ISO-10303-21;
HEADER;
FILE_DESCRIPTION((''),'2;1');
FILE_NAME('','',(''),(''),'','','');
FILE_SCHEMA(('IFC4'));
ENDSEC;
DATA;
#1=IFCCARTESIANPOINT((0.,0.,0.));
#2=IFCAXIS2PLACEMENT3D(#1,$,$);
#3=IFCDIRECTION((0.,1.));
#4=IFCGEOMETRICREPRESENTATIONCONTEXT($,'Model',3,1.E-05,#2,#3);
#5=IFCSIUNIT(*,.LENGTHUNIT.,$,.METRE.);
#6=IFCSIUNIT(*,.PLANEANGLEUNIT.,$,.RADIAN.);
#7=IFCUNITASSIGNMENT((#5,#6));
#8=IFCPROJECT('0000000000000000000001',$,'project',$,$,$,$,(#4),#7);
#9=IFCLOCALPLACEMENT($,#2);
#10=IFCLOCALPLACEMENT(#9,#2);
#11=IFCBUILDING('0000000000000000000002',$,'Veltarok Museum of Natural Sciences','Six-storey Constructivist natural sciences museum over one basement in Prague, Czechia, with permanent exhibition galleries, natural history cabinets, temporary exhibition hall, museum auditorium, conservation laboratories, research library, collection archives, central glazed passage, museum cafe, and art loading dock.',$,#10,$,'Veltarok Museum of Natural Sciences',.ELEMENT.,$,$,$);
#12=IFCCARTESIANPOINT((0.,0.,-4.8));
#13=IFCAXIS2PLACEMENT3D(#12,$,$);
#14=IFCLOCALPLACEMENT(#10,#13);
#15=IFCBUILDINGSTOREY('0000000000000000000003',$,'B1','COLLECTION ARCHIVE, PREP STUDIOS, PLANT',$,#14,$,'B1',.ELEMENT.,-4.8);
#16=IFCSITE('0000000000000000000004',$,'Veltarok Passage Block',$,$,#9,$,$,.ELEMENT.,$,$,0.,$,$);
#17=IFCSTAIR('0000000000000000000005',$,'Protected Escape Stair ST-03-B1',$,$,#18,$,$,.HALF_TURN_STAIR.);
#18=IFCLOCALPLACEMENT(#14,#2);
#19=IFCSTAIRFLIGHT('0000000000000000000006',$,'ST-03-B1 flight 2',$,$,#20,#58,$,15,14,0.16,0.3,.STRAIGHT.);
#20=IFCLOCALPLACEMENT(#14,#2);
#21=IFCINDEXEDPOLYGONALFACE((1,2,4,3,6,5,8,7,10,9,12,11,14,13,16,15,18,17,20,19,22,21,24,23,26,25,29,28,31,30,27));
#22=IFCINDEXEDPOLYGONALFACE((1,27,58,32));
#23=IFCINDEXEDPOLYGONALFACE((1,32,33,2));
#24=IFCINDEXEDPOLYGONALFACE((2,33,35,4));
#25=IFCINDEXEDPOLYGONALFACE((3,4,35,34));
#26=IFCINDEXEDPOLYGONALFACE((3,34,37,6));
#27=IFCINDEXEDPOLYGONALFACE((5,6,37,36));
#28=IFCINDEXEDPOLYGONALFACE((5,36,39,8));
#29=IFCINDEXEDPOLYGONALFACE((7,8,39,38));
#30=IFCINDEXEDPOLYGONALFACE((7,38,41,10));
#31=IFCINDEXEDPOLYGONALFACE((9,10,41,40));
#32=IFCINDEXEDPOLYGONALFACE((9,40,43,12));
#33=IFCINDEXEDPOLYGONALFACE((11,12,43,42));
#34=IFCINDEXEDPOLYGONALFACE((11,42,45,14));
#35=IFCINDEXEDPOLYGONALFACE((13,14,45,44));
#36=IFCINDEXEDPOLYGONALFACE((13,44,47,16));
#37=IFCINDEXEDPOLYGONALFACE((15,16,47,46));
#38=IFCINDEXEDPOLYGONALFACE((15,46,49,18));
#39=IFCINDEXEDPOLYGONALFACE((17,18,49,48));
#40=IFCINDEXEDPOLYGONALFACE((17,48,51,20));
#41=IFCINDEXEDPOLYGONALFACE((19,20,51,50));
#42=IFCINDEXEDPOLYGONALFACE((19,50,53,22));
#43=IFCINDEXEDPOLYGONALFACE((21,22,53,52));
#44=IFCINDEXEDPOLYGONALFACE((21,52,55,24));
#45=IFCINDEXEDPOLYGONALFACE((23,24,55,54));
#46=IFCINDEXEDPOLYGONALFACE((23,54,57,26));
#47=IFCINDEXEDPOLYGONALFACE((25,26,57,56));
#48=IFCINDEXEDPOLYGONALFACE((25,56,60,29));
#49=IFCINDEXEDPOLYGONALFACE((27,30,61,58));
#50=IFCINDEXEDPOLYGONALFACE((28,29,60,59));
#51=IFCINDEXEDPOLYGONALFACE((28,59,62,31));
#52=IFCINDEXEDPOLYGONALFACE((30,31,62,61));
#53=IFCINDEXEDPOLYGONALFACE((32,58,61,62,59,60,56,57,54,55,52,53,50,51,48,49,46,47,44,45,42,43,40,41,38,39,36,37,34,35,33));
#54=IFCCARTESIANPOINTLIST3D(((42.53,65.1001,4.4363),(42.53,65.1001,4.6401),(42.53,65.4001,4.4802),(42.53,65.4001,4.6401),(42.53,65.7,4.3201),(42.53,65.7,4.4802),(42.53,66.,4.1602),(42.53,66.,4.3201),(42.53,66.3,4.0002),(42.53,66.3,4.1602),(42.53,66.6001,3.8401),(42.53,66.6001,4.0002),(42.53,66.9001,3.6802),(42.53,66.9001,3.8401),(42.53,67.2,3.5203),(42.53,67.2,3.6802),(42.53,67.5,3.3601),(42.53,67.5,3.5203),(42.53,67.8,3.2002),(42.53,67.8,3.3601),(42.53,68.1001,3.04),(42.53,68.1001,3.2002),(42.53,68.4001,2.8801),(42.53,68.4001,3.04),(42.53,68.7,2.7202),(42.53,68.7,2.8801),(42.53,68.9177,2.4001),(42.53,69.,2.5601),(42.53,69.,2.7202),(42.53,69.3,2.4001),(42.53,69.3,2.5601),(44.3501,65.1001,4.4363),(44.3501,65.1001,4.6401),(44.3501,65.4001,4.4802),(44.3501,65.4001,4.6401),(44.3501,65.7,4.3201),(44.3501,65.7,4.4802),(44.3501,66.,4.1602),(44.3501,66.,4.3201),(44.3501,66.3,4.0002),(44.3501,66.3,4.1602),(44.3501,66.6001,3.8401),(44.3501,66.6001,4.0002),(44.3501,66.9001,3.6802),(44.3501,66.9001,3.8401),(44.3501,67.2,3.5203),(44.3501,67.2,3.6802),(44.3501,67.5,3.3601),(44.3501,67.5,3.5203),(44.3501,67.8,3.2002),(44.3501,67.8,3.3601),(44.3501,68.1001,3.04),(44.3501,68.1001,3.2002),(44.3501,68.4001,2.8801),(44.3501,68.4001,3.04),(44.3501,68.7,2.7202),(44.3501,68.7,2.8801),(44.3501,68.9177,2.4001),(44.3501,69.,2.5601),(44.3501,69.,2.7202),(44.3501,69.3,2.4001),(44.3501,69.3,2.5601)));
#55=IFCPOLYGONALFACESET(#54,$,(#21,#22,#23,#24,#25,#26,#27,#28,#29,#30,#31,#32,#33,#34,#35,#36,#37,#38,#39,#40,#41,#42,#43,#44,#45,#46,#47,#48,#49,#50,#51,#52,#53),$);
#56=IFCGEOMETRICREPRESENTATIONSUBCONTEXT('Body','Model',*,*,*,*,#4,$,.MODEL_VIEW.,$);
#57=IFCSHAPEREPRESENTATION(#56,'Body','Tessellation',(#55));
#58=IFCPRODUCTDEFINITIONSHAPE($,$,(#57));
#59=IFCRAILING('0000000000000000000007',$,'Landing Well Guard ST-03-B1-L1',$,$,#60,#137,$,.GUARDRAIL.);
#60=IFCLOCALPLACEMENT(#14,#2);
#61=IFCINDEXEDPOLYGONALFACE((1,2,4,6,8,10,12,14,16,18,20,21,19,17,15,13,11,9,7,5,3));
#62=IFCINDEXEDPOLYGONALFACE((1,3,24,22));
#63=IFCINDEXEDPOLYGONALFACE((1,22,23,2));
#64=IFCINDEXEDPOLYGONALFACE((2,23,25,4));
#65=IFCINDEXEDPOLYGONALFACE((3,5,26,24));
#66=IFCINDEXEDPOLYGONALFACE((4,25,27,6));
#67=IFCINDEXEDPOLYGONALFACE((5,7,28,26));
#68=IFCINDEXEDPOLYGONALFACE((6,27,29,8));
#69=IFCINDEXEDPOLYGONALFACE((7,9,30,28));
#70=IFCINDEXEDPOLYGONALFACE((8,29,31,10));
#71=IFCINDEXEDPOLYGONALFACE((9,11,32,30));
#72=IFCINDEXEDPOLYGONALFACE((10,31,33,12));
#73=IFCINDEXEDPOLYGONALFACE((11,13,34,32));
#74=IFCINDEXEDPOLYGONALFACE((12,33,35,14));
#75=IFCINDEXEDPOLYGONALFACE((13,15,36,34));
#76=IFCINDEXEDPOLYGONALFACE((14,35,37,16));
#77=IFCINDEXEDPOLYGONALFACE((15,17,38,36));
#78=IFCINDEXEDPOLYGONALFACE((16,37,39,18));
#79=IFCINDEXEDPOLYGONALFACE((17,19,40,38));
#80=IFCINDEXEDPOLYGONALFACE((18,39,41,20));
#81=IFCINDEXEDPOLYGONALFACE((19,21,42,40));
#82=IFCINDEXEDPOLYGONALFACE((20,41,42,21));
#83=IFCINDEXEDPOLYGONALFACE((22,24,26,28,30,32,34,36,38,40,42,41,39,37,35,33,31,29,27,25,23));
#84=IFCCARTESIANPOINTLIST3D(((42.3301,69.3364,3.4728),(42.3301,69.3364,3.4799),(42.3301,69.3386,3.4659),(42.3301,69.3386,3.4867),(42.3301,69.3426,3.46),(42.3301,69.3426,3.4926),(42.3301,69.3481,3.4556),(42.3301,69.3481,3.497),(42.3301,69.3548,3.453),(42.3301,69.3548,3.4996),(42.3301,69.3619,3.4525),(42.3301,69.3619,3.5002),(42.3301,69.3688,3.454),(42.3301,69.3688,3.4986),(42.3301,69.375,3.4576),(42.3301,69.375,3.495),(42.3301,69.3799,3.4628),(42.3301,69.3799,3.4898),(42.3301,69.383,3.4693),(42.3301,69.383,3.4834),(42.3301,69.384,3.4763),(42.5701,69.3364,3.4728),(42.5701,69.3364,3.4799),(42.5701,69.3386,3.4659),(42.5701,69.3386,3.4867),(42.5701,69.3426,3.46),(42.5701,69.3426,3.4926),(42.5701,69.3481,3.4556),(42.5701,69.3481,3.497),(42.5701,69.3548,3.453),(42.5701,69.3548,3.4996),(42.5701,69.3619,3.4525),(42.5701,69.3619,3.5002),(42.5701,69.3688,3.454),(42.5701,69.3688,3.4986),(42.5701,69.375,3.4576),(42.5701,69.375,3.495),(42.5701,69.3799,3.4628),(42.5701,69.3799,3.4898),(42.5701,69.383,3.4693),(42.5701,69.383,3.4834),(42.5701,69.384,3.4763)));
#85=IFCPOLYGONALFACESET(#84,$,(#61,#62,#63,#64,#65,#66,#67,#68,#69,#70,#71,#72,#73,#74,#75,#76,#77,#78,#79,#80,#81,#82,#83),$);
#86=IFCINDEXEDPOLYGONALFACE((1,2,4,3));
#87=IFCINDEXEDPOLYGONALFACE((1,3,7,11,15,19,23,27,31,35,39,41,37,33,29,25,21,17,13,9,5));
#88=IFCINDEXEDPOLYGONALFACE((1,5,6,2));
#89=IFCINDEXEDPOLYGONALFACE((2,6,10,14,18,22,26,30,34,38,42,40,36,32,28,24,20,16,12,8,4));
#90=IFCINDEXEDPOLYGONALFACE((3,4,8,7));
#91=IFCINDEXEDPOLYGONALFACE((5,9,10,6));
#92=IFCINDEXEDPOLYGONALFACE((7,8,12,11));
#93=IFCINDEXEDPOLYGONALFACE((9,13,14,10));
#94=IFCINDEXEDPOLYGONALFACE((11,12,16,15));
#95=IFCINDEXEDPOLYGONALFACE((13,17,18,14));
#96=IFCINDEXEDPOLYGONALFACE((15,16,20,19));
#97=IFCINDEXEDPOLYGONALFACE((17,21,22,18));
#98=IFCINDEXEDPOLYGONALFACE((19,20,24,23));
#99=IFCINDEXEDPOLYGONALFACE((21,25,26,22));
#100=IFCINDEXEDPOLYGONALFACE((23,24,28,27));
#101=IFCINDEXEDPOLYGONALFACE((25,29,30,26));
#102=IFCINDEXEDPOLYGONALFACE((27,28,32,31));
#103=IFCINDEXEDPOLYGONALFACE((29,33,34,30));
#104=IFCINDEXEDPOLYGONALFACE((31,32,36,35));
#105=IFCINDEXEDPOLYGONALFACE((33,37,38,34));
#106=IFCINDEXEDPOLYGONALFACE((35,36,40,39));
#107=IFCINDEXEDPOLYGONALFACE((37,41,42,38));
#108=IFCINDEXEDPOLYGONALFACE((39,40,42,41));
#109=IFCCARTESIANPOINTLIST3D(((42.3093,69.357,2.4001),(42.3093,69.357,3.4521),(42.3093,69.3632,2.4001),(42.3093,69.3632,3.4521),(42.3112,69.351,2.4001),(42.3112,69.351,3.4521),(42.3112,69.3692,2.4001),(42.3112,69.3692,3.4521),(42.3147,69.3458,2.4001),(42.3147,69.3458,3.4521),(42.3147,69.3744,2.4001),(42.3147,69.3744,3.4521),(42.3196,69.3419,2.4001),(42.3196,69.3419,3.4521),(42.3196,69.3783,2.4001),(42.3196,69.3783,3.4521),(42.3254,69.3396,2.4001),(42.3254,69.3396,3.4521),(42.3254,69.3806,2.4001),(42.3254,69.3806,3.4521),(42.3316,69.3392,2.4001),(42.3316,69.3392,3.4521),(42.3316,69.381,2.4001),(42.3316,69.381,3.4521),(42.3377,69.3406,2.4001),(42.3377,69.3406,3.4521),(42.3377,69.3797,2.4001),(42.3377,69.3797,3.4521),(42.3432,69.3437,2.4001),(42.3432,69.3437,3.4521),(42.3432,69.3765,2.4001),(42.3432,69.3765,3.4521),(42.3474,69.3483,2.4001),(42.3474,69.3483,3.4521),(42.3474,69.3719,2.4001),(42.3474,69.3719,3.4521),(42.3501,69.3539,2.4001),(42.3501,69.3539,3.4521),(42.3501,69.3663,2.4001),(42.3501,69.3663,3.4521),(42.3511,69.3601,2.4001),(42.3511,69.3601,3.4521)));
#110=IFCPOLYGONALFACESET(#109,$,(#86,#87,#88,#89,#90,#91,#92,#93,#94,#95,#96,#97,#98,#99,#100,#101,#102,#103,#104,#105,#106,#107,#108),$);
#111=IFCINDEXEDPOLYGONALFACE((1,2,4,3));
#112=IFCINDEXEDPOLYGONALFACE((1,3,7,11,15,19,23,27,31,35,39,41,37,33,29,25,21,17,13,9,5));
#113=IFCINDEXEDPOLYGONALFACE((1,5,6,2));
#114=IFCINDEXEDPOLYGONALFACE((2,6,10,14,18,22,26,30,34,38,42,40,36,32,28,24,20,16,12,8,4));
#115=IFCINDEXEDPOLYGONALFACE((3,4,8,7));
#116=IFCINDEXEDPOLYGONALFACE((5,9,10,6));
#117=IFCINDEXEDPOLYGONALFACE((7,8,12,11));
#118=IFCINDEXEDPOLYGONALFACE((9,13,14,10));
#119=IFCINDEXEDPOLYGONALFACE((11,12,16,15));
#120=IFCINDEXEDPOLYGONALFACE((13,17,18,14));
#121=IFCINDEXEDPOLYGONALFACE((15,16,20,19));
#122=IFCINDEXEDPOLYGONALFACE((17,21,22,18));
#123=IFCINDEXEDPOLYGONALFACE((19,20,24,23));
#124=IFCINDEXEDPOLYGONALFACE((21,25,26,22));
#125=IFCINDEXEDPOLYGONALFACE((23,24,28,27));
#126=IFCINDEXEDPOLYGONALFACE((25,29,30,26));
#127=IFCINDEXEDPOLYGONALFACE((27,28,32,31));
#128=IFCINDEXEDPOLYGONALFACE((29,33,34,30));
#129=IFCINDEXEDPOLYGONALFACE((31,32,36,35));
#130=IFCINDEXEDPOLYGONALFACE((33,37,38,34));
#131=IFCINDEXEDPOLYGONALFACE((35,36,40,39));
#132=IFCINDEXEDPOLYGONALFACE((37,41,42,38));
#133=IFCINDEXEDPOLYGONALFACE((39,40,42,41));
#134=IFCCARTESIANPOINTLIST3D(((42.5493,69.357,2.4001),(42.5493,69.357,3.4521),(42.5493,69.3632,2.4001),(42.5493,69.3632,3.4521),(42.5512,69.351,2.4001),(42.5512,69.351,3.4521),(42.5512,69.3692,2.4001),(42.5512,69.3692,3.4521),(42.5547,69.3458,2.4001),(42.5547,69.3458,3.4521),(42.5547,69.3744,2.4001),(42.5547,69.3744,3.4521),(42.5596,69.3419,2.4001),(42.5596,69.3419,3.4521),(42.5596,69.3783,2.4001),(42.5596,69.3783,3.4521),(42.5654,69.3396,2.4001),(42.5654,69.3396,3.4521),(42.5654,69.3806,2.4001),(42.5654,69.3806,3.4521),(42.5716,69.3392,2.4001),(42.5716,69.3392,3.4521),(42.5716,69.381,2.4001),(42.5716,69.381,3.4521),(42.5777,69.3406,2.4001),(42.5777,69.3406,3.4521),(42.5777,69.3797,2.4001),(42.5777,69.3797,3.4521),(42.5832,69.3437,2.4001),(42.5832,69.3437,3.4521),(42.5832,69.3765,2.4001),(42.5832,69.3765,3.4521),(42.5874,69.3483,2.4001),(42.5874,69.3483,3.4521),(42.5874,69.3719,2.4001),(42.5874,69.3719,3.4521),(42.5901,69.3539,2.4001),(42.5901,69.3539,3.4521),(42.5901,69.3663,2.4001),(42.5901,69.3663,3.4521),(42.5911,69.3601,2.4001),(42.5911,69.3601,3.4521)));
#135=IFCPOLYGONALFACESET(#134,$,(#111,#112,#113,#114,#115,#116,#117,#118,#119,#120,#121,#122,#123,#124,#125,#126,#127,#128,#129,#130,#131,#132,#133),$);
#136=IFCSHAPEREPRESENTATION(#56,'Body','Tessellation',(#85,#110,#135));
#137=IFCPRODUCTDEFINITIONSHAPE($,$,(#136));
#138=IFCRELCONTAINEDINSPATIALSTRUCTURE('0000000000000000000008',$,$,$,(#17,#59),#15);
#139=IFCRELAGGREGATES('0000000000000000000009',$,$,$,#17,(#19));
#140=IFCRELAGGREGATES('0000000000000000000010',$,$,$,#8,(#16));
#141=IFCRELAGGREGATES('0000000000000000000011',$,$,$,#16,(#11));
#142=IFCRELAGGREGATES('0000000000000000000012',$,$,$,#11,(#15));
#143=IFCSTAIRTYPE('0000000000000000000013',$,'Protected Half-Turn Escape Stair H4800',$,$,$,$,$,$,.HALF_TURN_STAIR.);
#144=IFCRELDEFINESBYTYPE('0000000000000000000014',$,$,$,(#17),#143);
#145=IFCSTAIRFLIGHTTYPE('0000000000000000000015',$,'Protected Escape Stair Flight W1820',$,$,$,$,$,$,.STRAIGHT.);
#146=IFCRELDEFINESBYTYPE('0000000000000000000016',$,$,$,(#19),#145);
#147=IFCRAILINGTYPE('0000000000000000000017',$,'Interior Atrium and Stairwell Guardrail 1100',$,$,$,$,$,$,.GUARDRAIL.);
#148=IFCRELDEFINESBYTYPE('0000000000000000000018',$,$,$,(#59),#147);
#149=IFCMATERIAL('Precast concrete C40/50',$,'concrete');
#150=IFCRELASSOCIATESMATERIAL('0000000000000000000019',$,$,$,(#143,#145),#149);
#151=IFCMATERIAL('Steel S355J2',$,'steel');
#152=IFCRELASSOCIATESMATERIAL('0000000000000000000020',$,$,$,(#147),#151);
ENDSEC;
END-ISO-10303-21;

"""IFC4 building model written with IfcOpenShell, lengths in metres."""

from ifc_helpers import new_model, si_unit, direction, frame, origin, origin_2d, place, context, subcontext, project, spatial, polyline, circle, outline, extrude, material, type_object, element, aggregate, save


model = new_model("IFC4")

# Units and contexts
model_context = context("Model", 3, precision=1e-05, world=origin(), true_north=direction((0.0, 1.0)))
body_context = subcontext(model_context, "Body", "Model", "MODEL_VIEW")
ifc_project = project(units=[si_unit("LENGTHUNIT", "METRE"), si_unit("PLANEANGLEUNIT", "RADIAN")], contexts=[model_context])

# Site, building, storey
site_placement = place(None, origin())
site = spatial("IfcSite", under=ifc_project, at=site_placement, Name="Veltarok Passage Block", CompositionType="ELEMENT", RefElevation=0.0)
building_placement = place(site_placement, origin())
building = spatial("IfcBuilding", under=site, at=building_placement, Name="Veltarok Museum of Natural Sciences", Description="Six-storey Constructivist natural sciences museum over one basement in Prague, Czechia, with permanent exhibition galleries, natural history cabinets, temporary exhibition hall, museum auditorium, conservation laboratories, research library, collection archives, central glazed passage, museum cafe, and art loading dock.", LongName="Veltarok Museum of Natural Sciences", CompositionType="ELEMENT")
storey_placement = place(building_placement, frame((0.0, 0.0, -4.8)))
storey = spatial("IfcBuildingStorey", under=building, at=storey_placement, Name="B1", Description="COLLECTION ARCHIVE, PREP STUDIOS, PLANT", LongName="B1", CompositionType="ELEMENT", Elevation=-4.8)

# Shared definitions
ifc_material_1 = material(Name="Steel S355J2", Category="steel")

# Stair, stair flight
ifc_material_2 = material(Name="Precast concrete C40/50", Category="concrete")
stair_type = type_object("IfcStairType", Name="Protected Half-Turn Escape Stair H4800", PredefinedType="HALF_TURN_STAIR", material=ifc_material_2)
stair_placement = place(storey_placement, origin())
stair = element("IfcStair", 1, at=stair_placement, inside=storey, type_object=stair_type, Name="Protected Escape Stair ST-03-B1", PredefinedType="HALF_TURN_STAIR")
stair_flight_type = type_object("IfcStairFlightType", Name="Protected Escape Stair Flight W1820", PredefinedType="STRAIGHT", material=ifc_material_2)
stair_flight_placement = place(storey_placement, frame((43.4399, 69.3, 2.4001), z_axis=(0.0, 0.0, 1.0), x_axis=(0.0, -1.0, 0.0)))
stair_flight = element("IfcStairFlight", 2, at=stair_flight_placement, type_object=stair_flight_type, Name="ST-03-B1 flight 2", NumberOfRisers=15, NumberOfTreads=14, PredefinedType="STRAIGHT", RiserHeight=0.16, TreadLength=0.3, context=body_context, shape_type="SweptSolid", body=[
    extrude(outline(polyline([(0.0, 0.0), (0.0, 0.1599), (0.3, 0.1599), (0.3, 0.3201), (0.6001, 0.3201), (0.6001, 0.48), (0.8999, 0.48), (0.8999, 0.6399), (1.2, 0.6399), (1.2, 0.8), (1.5, 0.8), (1.5, 0.96), (1.8, 0.96), (1.8, 1.1201), (2.1001, 1.1201), (2.1001, 1.28), (2.3999, 1.28), (2.3999, 1.4399), (2.7, 1.4399), (2.7, 1.6001), (3.0, 1.6001), (3.0, 1.76), (3.3, 1.76), (3.3, 1.9199), (3.6001, 1.9199), (3.6001, 2.0801), (3.8999, 2.0801), (3.8999, 2.24), (4.2, 2.24), (4.2, 2.3999), (4.2, 2.0361), (0.3823, 0.0), (0.0, 0.0)])), frame((0.0, 0.9102, 0.0), z_axis=(0.0, -1.0, 0.0), x_axis=(1.0, 0.0, 0.0)), (0.0, 0.0, 1.0), 1.8201),
])
aggregate(stair, [stair_flight])

# Railing
railing_type_1 = type_object("IfcRailingType", Name="Interior Atrium and Stairwell Guardrail 1100", PredefinedType="GUARDRAIL", material=ifc_material_1)
railing_placement = place(storey_placement, frame((42.3301, 69.3601, 2.4001)))
element("IfcRailing", 3, at=railing_placement, inside=storey, type_object=railing_type_1, Name="Landing Well Guard ST-03-B1-L1", PredefinedType="GUARDRAIL", context=body_context, shape_type="SweptSolid", body=[
    extrude(circle(Radius=0.0239, at=origin_2d()), frame((0.0, 0.0, 1.0762), z_axis=(1.0, 0.0, 0.0), x_axis=(0.0, 1.0, 0.0)), (0.0, 0.0, 1.0), 0.24),
    extrude(circle(Radius=0.021, at=origin_2d()), origin(), (0.0, 0.0, 1.0), 1.052),
    extrude(circle(Radius=0.021, at=origin_2d()), frame((0.24, 0.0, 0.0)), (0.0, 0.0, 1.0), 1.052),
])

save(model, "model.ifc")
